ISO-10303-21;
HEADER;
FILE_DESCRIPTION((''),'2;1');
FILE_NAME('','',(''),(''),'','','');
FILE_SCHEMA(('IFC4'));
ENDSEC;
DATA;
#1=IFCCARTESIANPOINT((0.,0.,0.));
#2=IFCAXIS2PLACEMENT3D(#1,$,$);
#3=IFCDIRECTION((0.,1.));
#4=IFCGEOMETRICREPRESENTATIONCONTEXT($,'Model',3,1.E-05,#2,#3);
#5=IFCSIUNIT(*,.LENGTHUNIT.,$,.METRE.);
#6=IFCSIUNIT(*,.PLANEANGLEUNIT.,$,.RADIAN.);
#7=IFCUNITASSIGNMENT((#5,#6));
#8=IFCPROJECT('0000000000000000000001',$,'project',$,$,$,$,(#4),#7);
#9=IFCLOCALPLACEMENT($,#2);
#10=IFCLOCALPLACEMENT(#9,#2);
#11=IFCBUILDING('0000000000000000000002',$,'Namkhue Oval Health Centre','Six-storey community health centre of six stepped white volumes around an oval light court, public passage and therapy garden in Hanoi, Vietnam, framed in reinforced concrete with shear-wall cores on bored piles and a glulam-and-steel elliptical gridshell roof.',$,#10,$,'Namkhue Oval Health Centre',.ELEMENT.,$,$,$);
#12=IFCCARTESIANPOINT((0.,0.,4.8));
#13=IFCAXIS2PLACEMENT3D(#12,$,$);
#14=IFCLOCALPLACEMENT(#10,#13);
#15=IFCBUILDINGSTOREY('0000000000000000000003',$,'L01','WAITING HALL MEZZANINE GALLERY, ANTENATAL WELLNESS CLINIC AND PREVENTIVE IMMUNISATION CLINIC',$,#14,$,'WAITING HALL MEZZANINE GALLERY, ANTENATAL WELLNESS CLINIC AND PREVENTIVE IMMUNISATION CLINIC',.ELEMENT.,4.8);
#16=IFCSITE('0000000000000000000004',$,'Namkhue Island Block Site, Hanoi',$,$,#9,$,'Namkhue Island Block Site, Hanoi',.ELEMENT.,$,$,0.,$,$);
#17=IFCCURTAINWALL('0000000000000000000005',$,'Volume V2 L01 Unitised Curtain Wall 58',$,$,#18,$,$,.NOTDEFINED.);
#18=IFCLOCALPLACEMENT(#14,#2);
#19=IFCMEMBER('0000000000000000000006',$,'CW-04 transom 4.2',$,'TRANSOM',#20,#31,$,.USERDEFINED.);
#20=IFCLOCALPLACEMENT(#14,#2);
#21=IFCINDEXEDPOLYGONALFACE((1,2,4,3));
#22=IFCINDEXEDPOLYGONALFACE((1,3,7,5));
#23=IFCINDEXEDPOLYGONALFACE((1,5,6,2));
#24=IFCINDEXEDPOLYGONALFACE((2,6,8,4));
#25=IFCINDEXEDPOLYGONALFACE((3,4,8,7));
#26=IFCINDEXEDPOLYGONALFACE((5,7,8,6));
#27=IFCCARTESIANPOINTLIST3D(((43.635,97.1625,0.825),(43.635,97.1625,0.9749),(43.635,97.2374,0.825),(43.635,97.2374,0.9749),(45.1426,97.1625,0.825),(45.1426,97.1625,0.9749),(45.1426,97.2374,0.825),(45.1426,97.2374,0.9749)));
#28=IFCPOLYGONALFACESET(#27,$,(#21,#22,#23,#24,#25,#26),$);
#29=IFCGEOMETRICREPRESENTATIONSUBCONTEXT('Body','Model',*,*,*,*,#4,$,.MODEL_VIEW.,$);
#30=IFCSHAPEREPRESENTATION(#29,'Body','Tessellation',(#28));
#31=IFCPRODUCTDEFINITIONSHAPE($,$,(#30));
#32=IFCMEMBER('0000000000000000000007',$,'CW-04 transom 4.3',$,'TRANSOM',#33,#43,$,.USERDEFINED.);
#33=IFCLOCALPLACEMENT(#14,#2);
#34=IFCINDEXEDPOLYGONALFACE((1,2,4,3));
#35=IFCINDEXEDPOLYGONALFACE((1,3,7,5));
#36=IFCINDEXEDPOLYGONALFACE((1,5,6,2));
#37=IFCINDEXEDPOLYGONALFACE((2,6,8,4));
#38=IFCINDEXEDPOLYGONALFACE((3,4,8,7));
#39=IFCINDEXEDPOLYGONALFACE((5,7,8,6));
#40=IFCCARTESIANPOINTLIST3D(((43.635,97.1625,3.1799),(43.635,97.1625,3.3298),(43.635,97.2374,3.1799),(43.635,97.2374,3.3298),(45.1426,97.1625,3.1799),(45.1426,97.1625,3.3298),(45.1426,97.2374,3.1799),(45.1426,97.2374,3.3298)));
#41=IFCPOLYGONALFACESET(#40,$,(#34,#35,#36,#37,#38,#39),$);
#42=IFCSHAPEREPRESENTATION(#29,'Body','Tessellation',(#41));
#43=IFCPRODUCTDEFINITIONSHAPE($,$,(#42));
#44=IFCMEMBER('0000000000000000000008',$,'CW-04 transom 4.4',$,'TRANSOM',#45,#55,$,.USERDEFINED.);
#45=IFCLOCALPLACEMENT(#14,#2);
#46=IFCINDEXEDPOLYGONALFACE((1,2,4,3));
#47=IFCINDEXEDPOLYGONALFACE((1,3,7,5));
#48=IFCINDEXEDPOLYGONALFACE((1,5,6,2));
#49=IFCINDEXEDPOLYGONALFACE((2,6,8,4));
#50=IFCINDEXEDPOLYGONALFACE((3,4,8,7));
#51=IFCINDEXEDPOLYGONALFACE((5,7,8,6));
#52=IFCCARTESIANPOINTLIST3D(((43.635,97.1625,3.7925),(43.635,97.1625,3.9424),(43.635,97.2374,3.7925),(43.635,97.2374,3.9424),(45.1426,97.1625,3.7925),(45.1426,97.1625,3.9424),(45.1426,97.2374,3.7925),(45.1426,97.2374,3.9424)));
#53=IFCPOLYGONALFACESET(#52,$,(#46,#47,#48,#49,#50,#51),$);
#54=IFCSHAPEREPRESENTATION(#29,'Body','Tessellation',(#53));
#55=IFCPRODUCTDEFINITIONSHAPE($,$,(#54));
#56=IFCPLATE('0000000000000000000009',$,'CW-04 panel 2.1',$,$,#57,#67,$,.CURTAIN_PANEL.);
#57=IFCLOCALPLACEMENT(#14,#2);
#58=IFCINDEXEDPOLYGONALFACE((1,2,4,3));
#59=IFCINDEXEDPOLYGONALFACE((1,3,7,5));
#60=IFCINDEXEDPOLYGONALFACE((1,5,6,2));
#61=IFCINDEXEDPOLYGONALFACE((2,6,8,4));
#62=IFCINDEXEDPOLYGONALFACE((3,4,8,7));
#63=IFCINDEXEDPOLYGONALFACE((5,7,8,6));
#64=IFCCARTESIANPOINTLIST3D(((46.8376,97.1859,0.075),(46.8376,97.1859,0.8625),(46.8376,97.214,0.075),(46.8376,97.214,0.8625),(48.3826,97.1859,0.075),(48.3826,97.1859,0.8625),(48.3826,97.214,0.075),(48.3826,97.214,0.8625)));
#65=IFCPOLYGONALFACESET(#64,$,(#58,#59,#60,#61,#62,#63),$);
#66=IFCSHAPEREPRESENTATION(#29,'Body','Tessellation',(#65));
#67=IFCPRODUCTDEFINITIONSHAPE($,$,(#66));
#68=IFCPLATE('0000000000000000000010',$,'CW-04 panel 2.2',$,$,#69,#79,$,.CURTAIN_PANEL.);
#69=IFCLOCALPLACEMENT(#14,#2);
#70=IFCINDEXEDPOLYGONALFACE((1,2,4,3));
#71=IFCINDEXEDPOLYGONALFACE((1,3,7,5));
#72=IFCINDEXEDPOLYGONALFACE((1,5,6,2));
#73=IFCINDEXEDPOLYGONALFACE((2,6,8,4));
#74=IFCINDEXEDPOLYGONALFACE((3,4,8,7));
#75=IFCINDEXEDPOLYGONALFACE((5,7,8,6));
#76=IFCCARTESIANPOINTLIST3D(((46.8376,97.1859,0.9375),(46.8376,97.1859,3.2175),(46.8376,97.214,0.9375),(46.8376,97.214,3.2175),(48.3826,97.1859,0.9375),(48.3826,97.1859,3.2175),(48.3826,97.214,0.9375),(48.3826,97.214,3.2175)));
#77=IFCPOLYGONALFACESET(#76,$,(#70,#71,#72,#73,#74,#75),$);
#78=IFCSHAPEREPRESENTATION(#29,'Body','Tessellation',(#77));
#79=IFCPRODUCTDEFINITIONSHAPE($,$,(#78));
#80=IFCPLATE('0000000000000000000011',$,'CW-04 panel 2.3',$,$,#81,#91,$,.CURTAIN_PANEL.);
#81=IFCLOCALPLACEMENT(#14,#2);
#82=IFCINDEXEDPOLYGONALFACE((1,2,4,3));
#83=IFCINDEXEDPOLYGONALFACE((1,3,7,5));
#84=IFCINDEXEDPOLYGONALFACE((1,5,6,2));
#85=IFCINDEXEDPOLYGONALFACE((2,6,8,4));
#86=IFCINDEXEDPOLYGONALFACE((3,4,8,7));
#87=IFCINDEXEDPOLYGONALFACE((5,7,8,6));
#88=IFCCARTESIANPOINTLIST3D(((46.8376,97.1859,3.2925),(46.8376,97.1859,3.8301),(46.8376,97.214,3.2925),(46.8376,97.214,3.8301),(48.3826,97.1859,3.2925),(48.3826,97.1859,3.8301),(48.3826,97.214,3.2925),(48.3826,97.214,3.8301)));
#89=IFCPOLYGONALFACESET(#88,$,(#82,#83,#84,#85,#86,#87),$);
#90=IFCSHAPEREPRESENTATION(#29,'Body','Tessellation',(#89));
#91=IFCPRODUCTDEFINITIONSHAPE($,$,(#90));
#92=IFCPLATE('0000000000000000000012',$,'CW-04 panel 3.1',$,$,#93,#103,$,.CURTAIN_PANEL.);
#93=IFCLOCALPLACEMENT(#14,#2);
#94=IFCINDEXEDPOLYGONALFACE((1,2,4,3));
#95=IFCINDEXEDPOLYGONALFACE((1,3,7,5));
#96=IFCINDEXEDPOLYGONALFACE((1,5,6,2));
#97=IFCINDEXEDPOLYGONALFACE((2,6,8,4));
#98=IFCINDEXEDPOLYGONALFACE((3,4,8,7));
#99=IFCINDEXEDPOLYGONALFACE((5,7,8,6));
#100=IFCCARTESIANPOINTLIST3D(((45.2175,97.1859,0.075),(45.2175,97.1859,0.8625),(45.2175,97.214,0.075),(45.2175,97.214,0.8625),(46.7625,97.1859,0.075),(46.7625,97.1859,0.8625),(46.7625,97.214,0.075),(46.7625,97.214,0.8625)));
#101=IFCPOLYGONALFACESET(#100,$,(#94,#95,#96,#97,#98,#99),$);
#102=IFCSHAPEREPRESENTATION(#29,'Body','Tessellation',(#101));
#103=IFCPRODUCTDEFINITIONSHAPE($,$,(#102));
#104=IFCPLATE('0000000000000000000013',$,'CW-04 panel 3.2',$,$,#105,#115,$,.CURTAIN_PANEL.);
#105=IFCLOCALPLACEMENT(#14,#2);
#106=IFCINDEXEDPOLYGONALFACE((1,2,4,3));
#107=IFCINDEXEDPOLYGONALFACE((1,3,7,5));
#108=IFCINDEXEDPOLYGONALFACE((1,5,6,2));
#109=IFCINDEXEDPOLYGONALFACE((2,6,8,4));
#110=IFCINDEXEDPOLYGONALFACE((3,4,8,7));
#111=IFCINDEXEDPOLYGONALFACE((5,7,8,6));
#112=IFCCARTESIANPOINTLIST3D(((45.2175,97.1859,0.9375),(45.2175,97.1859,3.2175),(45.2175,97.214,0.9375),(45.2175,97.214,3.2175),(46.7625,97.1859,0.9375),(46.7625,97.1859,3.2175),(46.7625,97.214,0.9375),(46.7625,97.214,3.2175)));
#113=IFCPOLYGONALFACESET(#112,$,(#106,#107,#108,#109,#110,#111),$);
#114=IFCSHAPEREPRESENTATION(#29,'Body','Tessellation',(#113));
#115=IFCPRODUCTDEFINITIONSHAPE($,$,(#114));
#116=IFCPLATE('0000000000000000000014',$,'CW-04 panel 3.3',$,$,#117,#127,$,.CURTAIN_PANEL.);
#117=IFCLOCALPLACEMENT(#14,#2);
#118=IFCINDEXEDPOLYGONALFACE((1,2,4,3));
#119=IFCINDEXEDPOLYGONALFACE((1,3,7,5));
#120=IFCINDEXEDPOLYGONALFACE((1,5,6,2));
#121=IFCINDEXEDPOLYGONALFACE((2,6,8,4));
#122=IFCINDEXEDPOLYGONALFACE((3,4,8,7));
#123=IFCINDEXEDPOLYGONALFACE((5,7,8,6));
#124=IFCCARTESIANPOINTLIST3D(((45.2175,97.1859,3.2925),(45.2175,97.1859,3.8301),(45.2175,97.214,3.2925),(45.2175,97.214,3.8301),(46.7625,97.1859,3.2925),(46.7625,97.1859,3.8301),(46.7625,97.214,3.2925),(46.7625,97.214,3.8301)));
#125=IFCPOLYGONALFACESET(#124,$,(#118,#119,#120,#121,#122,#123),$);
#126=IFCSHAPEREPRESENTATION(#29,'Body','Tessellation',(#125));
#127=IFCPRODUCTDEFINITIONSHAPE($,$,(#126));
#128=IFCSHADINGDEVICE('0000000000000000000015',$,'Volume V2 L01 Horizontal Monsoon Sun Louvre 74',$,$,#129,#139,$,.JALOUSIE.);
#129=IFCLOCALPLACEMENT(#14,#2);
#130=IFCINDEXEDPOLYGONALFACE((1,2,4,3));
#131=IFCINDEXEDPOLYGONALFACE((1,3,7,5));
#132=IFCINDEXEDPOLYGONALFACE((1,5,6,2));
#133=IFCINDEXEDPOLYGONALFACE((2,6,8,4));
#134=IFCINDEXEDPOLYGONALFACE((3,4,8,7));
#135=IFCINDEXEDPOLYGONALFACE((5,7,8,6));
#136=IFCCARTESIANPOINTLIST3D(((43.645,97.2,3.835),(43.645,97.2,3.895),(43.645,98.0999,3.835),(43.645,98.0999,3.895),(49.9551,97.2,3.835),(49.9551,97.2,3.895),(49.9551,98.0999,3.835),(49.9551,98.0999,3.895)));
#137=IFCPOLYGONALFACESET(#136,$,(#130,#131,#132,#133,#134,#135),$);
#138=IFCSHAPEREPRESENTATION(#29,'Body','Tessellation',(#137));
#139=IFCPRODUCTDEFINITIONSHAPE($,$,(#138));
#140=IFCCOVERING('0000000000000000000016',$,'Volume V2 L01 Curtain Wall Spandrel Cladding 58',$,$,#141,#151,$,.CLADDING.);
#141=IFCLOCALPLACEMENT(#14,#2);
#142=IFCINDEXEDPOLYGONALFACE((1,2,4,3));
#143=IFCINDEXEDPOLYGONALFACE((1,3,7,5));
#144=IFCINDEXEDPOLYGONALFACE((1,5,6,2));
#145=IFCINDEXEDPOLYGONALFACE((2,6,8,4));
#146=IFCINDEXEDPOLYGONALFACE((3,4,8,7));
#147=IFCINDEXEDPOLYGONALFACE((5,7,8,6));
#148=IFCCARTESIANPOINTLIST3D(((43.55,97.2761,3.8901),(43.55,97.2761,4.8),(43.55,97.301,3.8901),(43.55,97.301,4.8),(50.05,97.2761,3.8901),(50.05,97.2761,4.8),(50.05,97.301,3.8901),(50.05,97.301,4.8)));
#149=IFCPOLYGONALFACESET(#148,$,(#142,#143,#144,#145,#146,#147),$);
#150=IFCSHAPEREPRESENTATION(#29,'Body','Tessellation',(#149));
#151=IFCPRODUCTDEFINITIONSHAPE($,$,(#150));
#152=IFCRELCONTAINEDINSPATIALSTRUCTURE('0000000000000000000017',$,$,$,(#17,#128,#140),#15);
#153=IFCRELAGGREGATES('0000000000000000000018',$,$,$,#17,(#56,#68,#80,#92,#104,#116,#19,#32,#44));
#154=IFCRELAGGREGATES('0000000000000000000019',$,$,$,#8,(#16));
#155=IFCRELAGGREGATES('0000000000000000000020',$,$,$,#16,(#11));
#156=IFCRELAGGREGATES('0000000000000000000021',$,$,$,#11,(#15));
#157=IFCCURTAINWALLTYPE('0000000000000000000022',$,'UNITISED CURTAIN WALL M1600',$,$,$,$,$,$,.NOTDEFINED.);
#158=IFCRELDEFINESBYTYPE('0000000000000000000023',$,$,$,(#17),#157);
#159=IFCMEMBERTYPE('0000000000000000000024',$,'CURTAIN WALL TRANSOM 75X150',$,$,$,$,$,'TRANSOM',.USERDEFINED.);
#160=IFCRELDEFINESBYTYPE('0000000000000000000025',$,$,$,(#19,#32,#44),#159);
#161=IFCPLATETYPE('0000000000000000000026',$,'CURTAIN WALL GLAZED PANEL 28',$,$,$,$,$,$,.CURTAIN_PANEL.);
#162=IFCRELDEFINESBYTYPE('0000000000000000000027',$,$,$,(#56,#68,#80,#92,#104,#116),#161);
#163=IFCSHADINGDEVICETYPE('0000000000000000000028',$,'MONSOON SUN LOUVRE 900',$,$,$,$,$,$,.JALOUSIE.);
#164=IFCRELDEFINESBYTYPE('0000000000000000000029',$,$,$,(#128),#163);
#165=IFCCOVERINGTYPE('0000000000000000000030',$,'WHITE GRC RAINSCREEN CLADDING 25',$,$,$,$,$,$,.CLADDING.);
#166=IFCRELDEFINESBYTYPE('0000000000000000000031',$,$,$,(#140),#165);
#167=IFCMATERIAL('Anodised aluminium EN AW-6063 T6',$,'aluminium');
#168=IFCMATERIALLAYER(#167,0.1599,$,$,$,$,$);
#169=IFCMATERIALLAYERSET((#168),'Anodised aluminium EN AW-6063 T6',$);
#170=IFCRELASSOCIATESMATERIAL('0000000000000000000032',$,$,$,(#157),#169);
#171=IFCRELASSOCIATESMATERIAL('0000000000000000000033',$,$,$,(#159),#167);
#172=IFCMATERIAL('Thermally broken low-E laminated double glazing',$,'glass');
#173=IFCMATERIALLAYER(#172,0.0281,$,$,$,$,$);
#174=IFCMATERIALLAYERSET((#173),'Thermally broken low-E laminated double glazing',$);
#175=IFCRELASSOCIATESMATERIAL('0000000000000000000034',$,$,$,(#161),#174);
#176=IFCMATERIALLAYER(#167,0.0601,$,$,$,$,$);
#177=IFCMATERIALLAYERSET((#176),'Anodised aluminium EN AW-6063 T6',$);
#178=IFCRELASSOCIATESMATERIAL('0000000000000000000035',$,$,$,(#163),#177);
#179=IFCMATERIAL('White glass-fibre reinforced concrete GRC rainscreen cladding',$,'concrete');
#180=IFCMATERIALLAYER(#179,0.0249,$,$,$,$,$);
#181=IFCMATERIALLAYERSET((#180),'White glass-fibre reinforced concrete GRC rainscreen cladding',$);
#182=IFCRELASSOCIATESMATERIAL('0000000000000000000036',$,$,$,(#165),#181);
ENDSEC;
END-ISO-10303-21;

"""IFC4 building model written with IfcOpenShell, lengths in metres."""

from ifc_helpers import new_model, si_unit, direction, frame, origin, origin_2d, place, context, subcontext, project, spatial, rectangle, extrude, material, layer, layer_set, material_profile, profile_set, type_object, element, aggregate, save


model = new_model("IFC4")

# Units and contexts
model_context = context("Model", 3, precision=1e-05, world=origin(), true_north=direction((0.0, 1.0)))
body_context = subcontext(model_context, "Body", "Model", "MODEL_VIEW")
ifc_project = project(units=[si_unit("LENGTHUNIT", "METRE"), si_unit("PLANEANGLEUNIT", "RADIAN")], contexts=[model_context])

# Site, building, storey
site_placement = place(None, origin())
site = spatial("IfcSite", under=ifc_project, at=site_placement, Name="Namkhue Island Block Site, Hanoi", LongName="Namkhue Island Block Site, Hanoi", CompositionType="ELEMENT", RefElevation=0.0)
building_placement = place(site_placement, origin())
building = spatial("IfcBuilding", under=site, at=building_placement, Name="Namkhue Oval Health Centre", Description="Six-storey community health centre of six stepped white volumes around an oval light court, public passage and therapy garden in Hanoi, Vietnam, framed in reinforced concrete with shear-wall cores on bored piles and a glulam-and-steel elliptical gridshell roof.", LongName="Namkhue Oval Health Centre", CompositionType="ELEMENT")
storey_placement = place(building_placement, frame((0.0, 0.0, 4.8)))
storey = spatial("IfcBuildingStorey", under=building, at=storey_placement, Name="L01", Description="WAITING HALL MEZZANINE GALLERY, ANTENATAL WELLNESS CLINIC AND PREVENTIVE IMMUNISATION CLINIC", LongName="WAITING HALL MEZZANINE GALLERY, ANTENATAL WELLNESS CLINIC AND PREVENTIVE IMMUNISATION CLINIC", CompositionType="ELEMENT", Elevation=4.8)

# Curtain wall, members, plates
ifc_material_1 = material(Name="Anodised aluminium EN AW-6063 T6", Category="aluminium")
ifc_layer_1 = layer(ifc_material_1, 0.1599)
ifc_layer_set_1 = layer_set([ifc_layer_1], Name="Anodised aluminium EN AW-6063 T6")
curtain_wall_type = type_object("IfcCurtainWallType", Name="UNITISED CURTAIN WALL M1600", PredefinedType="NOTDEFINED", material=ifc_layer_set_1)
curtain_wall_placement = place(storey_placement, origin())
curtain_wall = element("IfcCurtainWall", 1, at=curtain_wall_placement, inside=storey, type_object=curtain_wall_type, Name="Volume V2 L01 Unitised Curtain Wall 58", PredefinedType="NOTDEFINED")
ifc_material_profile_1 = material_profile(ifc_material_1, rectangle(XDim=0.075, YDim=0.1499, at=origin_2d()), Name="ALU 75x150")
ifc_profile_set_1 = profile_set([ifc_material_profile_1], Name="Anodised aluminium EN AW-6063 T6")
member_type_1 = type_object("IfcMemberType", Name="CURTAIN WALL TRANSOM 75X150", ElementType="TRANSOM", PredefinedType="USERDEFINED", material=ifc_profile_set_1)
member_1_placement = place(storey_placement, frame((45.1426, 97.2, 0.8999), z_axis=(-1.0, 0.0, 0.0), x_axis=(0.0, -1.0, 0.0)))
member_1 = element("IfcMember", 2, at=member_1_placement, type_object=member_type_1, Name="CW-04 transom 4.2", ObjectType="TRANSOM", PredefinedType="USERDEFINED", context=body_context, shape_type="SweptSolid", body=[
    extrude(rectangle(XDim=0.075, YDim=0.1499, at=origin_2d()), origin(), (0.0, 0.0, 1.0), 1.5076),
])
member_2_placement = place(storey_placement, frame((45.1426, 97.2, 3.2549), z_axis=(-1.0, 0.0, 0.0), x_axis=(0.0, -1.0, 0.0)))
member_2 = element("IfcMember", 3, at=member_2_placement, type_object=member_type_1, Name="CW-04 transom 4.3", ObjectType="TRANSOM", PredefinedType="USERDEFINED", context=body_context, shape_type="SweptSolid", body=[
    extrude(rectangle(XDim=0.075, YDim=0.1499, at=origin_2d()), origin(), (0.0, 0.0, 1.0), 1.5076),
])
member_3_placement = place(storey_placement, frame((45.1426, 97.2, 3.8674), z_axis=(-1.0, 0.0, 0.0), x_axis=(0.0, -1.0, 0.0)))
member_3 = element("IfcMember", 4, at=member_3_placement, type_object=member_type_1, Name="CW-04 transom 4.4", ObjectType="TRANSOM", PredefinedType="USERDEFINED", context=body_context, shape_type="SweptSolid", body=[
    extrude(rectangle(XDim=0.075, YDim=0.1499, at=origin_2d()), origin(), (0.0, 0.0, 1.0), 1.5076),
])
ifc_material_2 = material(Name="Thermally broken low-E laminated double glazing", Category="glass")
ifc_layer_2 = layer(ifc_material_2, 0.0281)
ifc_layer_set_2 = layer_set([ifc_layer_2], Name="Thermally broken low-E laminated double glazing")
plate_type = type_object("IfcPlateType", Name="CURTAIN WALL GLAZED PANEL 28", PredefinedType="CURTAIN_PANEL", material=ifc_layer_set_2)
plate_1_placement = place(storey_placement, frame((47.6101, 97.2, 0.075), z_axis=(0.0, 0.0, 1.0), x_axis=(-1.0, 0.0, 0.0)))
plate_1 = element("IfcPlate", 5, at=plate_1_placement, type_object=plate_type, Name="CW-04 panel 2.1", PredefinedType="CURTAIN_PANEL", context=body_context, shape_type="SweptSolid", body=[
    extrude(rectangle(XDim=1.5449, YDim=0.0281, at=origin_2d()), origin(), (0.0, 0.0, 1.0), 0.7876),
])
plate_2_placement = place(storey_placement, frame((47.6101, 97.2, 0.9375), z_axis=(0.0, 0.0, 1.0), x_axis=(-1.0, 0.0, 0.0)))
plate_2 = element("IfcPlate", 6, at=plate_2_placement, type_object=plate_type, Name="CW-04 panel 2.2", PredefinedType="CURTAIN_PANEL", context=body_context, shape_type="SweptSolid", body=[
    extrude(rectangle(XDim=1.5449, YDim=0.0281, at=origin_2d()), origin(), (0.0, 0.0, 1.0), 2.28),
])
plate_3_placement = place(storey_placement, frame((47.6101, 97.2, 3.2925), z_axis=(0.0, 0.0, 1.0), x_axis=(-1.0, 0.0, 0.0)))
plate_3 = element("IfcPlate", 7, at=plate_3_placement, type_object=plate_type, Name="CW-04 panel 2.3", PredefinedType="CURTAIN_PANEL", context=body_context, shape_type="SweptSolid", body=[
    extrude(rectangle(XDim=1.5449, YDim=0.0281, at=origin_2d()), origin(), (0.0, 0.0, 1.0), 0.5376),
])
plate_4_placement = place(storey_placement, frame((45.99, 97.2, 0.075), z_axis=(0.0, 0.0, 1.0), x_axis=(-1.0, 0.0, 0.0)))
plate_4 = element("IfcPlate", 8, at=plate_4_placement, type_object=plate_type, Name="CW-04 panel 3.1", PredefinedType="CURTAIN_PANEL", context=body_context, shape_type="SweptSolid", body=[
    extrude(rectangle(XDim=1.5449, YDim=0.0281, at=origin_2d()), origin(), (0.0, 0.0, 1.0), 0.7876),
])
plate_5_placement = place(storey_placement, frame((45.99, 97.2, 0.9375), z_axis=(0.0, 0.0, 1.0), x_axis=(-1.0, 0.0, 0.0)))
plate_5 = element("IfcPlate", 9, at=plate_5_placement, type_object=plate_type, Name="CW-04 panel 3.2", PredefinedType="CURTAIN_PANEL", context=body_context, shape_type="SweptSolid", body=[
    extrude(rectangle(XDim=1.5449, YDim=0.0281, at=origin_2d()), origin(), (0.0, 0.0, 1.0), 2.28),
])
plate_6_placement = place(storey_placement, frame((45.99, 97.2, 3.2925), z_axis=(0.0, 0.0, 1.0), x_axis=(-1.0, 0.0, 0.0)))
plate_6 = element("IfcPlate", 10, at=plate_6_placement, type_object=plate_type, Name="CW-04 panel 3.3", PredefinedType="CURTAIN_PANEL", context=body_context, shape_type="SweptSolid", body=[
    extrude(rectangle(XDim=1.5449, YDim=0.0281, at=origin_2d()), origin(), (0.0, 0.0, 1.0), 0.5376),
])
aggregate(curtain_wall, [plate_1, plate_2, plate_3, plate_4, plate_5, plate_6, member_1, member_2, member_3])

# Shading device
ifc_layer_3 = layer(ifc_material_1, 0.0601)
ifc_layer_set_3 = layer_set([ifc_layer_3], Name="Anodised aluminium EN AW-6063 T6")
shading_device_type = type_object("IfcShadingDeviceType", Name="MONSOON SUN LOUVRE 900", PredefinedType="JALOUSIE", material=ifc_layer_set_3)
shading_device_placement = place(storey_placement, frame((46.8, 97.6499, 3.835), z_axis=(0.0, 0.0, 1.0), x_axis=(-1.0, 0.0, 0.0)))
element("IfcShadingDevice", 11, at=shading_device_placement, inside=storey, type_object=shading_device_type, Name="Volume V2 L01 Horizontal Monsoon Sun Louvre 74", PredefinedType="JALOUSIE", context=body_context, shape_type="SweptSolid", body=[
    extrude(rectangle(XDim=6.3101, YDim=0.8999, at=origin_2d()), origin(), (0.0, 0.0, 1.0), 0.0601),
])

# Covering
ifc_material_3 = material(Name="White glass-fibre reinforced concrete GRC rainscreen cladding", Category="concrete")
ifc_layer_4 = layer(ifc_material_3, 0.0249)
ifc_layer_set_4 = layer_set([ifc_layer_4], Name="White glass-fibre reinforced concrete GRC rainscreen cladding")
covering_type = type_object("IfcCoveringType", Name="WHITE GRC RAINSCREEN CLADDING 25", PredefinedType="CLADDING", material=ifc_layer_set_4)
covering_placement = place(storey_placement, frame((46.8, 97.2886, 3.8901), z_axis=(0.0, 0.0, 1.0), x_axis=(-1.0, 0.0, 0.0)))
element("IfcCovering", 12, at=covering_placement, inside=storey, type_object=covering_type, Name="Volume V2 L01 Curtain Wall Spandrel Cladding 58", PredefinedType="CLADDING", context=body_context, shape_type="SweptSolid", body=[
    extrude(rectangle(XDim=6.5, YDim=0.0249, at=origin_2d()), origin(), (0.0, 0.0, 1.0), 0.9099),
])

save(model, "model.ifc")
